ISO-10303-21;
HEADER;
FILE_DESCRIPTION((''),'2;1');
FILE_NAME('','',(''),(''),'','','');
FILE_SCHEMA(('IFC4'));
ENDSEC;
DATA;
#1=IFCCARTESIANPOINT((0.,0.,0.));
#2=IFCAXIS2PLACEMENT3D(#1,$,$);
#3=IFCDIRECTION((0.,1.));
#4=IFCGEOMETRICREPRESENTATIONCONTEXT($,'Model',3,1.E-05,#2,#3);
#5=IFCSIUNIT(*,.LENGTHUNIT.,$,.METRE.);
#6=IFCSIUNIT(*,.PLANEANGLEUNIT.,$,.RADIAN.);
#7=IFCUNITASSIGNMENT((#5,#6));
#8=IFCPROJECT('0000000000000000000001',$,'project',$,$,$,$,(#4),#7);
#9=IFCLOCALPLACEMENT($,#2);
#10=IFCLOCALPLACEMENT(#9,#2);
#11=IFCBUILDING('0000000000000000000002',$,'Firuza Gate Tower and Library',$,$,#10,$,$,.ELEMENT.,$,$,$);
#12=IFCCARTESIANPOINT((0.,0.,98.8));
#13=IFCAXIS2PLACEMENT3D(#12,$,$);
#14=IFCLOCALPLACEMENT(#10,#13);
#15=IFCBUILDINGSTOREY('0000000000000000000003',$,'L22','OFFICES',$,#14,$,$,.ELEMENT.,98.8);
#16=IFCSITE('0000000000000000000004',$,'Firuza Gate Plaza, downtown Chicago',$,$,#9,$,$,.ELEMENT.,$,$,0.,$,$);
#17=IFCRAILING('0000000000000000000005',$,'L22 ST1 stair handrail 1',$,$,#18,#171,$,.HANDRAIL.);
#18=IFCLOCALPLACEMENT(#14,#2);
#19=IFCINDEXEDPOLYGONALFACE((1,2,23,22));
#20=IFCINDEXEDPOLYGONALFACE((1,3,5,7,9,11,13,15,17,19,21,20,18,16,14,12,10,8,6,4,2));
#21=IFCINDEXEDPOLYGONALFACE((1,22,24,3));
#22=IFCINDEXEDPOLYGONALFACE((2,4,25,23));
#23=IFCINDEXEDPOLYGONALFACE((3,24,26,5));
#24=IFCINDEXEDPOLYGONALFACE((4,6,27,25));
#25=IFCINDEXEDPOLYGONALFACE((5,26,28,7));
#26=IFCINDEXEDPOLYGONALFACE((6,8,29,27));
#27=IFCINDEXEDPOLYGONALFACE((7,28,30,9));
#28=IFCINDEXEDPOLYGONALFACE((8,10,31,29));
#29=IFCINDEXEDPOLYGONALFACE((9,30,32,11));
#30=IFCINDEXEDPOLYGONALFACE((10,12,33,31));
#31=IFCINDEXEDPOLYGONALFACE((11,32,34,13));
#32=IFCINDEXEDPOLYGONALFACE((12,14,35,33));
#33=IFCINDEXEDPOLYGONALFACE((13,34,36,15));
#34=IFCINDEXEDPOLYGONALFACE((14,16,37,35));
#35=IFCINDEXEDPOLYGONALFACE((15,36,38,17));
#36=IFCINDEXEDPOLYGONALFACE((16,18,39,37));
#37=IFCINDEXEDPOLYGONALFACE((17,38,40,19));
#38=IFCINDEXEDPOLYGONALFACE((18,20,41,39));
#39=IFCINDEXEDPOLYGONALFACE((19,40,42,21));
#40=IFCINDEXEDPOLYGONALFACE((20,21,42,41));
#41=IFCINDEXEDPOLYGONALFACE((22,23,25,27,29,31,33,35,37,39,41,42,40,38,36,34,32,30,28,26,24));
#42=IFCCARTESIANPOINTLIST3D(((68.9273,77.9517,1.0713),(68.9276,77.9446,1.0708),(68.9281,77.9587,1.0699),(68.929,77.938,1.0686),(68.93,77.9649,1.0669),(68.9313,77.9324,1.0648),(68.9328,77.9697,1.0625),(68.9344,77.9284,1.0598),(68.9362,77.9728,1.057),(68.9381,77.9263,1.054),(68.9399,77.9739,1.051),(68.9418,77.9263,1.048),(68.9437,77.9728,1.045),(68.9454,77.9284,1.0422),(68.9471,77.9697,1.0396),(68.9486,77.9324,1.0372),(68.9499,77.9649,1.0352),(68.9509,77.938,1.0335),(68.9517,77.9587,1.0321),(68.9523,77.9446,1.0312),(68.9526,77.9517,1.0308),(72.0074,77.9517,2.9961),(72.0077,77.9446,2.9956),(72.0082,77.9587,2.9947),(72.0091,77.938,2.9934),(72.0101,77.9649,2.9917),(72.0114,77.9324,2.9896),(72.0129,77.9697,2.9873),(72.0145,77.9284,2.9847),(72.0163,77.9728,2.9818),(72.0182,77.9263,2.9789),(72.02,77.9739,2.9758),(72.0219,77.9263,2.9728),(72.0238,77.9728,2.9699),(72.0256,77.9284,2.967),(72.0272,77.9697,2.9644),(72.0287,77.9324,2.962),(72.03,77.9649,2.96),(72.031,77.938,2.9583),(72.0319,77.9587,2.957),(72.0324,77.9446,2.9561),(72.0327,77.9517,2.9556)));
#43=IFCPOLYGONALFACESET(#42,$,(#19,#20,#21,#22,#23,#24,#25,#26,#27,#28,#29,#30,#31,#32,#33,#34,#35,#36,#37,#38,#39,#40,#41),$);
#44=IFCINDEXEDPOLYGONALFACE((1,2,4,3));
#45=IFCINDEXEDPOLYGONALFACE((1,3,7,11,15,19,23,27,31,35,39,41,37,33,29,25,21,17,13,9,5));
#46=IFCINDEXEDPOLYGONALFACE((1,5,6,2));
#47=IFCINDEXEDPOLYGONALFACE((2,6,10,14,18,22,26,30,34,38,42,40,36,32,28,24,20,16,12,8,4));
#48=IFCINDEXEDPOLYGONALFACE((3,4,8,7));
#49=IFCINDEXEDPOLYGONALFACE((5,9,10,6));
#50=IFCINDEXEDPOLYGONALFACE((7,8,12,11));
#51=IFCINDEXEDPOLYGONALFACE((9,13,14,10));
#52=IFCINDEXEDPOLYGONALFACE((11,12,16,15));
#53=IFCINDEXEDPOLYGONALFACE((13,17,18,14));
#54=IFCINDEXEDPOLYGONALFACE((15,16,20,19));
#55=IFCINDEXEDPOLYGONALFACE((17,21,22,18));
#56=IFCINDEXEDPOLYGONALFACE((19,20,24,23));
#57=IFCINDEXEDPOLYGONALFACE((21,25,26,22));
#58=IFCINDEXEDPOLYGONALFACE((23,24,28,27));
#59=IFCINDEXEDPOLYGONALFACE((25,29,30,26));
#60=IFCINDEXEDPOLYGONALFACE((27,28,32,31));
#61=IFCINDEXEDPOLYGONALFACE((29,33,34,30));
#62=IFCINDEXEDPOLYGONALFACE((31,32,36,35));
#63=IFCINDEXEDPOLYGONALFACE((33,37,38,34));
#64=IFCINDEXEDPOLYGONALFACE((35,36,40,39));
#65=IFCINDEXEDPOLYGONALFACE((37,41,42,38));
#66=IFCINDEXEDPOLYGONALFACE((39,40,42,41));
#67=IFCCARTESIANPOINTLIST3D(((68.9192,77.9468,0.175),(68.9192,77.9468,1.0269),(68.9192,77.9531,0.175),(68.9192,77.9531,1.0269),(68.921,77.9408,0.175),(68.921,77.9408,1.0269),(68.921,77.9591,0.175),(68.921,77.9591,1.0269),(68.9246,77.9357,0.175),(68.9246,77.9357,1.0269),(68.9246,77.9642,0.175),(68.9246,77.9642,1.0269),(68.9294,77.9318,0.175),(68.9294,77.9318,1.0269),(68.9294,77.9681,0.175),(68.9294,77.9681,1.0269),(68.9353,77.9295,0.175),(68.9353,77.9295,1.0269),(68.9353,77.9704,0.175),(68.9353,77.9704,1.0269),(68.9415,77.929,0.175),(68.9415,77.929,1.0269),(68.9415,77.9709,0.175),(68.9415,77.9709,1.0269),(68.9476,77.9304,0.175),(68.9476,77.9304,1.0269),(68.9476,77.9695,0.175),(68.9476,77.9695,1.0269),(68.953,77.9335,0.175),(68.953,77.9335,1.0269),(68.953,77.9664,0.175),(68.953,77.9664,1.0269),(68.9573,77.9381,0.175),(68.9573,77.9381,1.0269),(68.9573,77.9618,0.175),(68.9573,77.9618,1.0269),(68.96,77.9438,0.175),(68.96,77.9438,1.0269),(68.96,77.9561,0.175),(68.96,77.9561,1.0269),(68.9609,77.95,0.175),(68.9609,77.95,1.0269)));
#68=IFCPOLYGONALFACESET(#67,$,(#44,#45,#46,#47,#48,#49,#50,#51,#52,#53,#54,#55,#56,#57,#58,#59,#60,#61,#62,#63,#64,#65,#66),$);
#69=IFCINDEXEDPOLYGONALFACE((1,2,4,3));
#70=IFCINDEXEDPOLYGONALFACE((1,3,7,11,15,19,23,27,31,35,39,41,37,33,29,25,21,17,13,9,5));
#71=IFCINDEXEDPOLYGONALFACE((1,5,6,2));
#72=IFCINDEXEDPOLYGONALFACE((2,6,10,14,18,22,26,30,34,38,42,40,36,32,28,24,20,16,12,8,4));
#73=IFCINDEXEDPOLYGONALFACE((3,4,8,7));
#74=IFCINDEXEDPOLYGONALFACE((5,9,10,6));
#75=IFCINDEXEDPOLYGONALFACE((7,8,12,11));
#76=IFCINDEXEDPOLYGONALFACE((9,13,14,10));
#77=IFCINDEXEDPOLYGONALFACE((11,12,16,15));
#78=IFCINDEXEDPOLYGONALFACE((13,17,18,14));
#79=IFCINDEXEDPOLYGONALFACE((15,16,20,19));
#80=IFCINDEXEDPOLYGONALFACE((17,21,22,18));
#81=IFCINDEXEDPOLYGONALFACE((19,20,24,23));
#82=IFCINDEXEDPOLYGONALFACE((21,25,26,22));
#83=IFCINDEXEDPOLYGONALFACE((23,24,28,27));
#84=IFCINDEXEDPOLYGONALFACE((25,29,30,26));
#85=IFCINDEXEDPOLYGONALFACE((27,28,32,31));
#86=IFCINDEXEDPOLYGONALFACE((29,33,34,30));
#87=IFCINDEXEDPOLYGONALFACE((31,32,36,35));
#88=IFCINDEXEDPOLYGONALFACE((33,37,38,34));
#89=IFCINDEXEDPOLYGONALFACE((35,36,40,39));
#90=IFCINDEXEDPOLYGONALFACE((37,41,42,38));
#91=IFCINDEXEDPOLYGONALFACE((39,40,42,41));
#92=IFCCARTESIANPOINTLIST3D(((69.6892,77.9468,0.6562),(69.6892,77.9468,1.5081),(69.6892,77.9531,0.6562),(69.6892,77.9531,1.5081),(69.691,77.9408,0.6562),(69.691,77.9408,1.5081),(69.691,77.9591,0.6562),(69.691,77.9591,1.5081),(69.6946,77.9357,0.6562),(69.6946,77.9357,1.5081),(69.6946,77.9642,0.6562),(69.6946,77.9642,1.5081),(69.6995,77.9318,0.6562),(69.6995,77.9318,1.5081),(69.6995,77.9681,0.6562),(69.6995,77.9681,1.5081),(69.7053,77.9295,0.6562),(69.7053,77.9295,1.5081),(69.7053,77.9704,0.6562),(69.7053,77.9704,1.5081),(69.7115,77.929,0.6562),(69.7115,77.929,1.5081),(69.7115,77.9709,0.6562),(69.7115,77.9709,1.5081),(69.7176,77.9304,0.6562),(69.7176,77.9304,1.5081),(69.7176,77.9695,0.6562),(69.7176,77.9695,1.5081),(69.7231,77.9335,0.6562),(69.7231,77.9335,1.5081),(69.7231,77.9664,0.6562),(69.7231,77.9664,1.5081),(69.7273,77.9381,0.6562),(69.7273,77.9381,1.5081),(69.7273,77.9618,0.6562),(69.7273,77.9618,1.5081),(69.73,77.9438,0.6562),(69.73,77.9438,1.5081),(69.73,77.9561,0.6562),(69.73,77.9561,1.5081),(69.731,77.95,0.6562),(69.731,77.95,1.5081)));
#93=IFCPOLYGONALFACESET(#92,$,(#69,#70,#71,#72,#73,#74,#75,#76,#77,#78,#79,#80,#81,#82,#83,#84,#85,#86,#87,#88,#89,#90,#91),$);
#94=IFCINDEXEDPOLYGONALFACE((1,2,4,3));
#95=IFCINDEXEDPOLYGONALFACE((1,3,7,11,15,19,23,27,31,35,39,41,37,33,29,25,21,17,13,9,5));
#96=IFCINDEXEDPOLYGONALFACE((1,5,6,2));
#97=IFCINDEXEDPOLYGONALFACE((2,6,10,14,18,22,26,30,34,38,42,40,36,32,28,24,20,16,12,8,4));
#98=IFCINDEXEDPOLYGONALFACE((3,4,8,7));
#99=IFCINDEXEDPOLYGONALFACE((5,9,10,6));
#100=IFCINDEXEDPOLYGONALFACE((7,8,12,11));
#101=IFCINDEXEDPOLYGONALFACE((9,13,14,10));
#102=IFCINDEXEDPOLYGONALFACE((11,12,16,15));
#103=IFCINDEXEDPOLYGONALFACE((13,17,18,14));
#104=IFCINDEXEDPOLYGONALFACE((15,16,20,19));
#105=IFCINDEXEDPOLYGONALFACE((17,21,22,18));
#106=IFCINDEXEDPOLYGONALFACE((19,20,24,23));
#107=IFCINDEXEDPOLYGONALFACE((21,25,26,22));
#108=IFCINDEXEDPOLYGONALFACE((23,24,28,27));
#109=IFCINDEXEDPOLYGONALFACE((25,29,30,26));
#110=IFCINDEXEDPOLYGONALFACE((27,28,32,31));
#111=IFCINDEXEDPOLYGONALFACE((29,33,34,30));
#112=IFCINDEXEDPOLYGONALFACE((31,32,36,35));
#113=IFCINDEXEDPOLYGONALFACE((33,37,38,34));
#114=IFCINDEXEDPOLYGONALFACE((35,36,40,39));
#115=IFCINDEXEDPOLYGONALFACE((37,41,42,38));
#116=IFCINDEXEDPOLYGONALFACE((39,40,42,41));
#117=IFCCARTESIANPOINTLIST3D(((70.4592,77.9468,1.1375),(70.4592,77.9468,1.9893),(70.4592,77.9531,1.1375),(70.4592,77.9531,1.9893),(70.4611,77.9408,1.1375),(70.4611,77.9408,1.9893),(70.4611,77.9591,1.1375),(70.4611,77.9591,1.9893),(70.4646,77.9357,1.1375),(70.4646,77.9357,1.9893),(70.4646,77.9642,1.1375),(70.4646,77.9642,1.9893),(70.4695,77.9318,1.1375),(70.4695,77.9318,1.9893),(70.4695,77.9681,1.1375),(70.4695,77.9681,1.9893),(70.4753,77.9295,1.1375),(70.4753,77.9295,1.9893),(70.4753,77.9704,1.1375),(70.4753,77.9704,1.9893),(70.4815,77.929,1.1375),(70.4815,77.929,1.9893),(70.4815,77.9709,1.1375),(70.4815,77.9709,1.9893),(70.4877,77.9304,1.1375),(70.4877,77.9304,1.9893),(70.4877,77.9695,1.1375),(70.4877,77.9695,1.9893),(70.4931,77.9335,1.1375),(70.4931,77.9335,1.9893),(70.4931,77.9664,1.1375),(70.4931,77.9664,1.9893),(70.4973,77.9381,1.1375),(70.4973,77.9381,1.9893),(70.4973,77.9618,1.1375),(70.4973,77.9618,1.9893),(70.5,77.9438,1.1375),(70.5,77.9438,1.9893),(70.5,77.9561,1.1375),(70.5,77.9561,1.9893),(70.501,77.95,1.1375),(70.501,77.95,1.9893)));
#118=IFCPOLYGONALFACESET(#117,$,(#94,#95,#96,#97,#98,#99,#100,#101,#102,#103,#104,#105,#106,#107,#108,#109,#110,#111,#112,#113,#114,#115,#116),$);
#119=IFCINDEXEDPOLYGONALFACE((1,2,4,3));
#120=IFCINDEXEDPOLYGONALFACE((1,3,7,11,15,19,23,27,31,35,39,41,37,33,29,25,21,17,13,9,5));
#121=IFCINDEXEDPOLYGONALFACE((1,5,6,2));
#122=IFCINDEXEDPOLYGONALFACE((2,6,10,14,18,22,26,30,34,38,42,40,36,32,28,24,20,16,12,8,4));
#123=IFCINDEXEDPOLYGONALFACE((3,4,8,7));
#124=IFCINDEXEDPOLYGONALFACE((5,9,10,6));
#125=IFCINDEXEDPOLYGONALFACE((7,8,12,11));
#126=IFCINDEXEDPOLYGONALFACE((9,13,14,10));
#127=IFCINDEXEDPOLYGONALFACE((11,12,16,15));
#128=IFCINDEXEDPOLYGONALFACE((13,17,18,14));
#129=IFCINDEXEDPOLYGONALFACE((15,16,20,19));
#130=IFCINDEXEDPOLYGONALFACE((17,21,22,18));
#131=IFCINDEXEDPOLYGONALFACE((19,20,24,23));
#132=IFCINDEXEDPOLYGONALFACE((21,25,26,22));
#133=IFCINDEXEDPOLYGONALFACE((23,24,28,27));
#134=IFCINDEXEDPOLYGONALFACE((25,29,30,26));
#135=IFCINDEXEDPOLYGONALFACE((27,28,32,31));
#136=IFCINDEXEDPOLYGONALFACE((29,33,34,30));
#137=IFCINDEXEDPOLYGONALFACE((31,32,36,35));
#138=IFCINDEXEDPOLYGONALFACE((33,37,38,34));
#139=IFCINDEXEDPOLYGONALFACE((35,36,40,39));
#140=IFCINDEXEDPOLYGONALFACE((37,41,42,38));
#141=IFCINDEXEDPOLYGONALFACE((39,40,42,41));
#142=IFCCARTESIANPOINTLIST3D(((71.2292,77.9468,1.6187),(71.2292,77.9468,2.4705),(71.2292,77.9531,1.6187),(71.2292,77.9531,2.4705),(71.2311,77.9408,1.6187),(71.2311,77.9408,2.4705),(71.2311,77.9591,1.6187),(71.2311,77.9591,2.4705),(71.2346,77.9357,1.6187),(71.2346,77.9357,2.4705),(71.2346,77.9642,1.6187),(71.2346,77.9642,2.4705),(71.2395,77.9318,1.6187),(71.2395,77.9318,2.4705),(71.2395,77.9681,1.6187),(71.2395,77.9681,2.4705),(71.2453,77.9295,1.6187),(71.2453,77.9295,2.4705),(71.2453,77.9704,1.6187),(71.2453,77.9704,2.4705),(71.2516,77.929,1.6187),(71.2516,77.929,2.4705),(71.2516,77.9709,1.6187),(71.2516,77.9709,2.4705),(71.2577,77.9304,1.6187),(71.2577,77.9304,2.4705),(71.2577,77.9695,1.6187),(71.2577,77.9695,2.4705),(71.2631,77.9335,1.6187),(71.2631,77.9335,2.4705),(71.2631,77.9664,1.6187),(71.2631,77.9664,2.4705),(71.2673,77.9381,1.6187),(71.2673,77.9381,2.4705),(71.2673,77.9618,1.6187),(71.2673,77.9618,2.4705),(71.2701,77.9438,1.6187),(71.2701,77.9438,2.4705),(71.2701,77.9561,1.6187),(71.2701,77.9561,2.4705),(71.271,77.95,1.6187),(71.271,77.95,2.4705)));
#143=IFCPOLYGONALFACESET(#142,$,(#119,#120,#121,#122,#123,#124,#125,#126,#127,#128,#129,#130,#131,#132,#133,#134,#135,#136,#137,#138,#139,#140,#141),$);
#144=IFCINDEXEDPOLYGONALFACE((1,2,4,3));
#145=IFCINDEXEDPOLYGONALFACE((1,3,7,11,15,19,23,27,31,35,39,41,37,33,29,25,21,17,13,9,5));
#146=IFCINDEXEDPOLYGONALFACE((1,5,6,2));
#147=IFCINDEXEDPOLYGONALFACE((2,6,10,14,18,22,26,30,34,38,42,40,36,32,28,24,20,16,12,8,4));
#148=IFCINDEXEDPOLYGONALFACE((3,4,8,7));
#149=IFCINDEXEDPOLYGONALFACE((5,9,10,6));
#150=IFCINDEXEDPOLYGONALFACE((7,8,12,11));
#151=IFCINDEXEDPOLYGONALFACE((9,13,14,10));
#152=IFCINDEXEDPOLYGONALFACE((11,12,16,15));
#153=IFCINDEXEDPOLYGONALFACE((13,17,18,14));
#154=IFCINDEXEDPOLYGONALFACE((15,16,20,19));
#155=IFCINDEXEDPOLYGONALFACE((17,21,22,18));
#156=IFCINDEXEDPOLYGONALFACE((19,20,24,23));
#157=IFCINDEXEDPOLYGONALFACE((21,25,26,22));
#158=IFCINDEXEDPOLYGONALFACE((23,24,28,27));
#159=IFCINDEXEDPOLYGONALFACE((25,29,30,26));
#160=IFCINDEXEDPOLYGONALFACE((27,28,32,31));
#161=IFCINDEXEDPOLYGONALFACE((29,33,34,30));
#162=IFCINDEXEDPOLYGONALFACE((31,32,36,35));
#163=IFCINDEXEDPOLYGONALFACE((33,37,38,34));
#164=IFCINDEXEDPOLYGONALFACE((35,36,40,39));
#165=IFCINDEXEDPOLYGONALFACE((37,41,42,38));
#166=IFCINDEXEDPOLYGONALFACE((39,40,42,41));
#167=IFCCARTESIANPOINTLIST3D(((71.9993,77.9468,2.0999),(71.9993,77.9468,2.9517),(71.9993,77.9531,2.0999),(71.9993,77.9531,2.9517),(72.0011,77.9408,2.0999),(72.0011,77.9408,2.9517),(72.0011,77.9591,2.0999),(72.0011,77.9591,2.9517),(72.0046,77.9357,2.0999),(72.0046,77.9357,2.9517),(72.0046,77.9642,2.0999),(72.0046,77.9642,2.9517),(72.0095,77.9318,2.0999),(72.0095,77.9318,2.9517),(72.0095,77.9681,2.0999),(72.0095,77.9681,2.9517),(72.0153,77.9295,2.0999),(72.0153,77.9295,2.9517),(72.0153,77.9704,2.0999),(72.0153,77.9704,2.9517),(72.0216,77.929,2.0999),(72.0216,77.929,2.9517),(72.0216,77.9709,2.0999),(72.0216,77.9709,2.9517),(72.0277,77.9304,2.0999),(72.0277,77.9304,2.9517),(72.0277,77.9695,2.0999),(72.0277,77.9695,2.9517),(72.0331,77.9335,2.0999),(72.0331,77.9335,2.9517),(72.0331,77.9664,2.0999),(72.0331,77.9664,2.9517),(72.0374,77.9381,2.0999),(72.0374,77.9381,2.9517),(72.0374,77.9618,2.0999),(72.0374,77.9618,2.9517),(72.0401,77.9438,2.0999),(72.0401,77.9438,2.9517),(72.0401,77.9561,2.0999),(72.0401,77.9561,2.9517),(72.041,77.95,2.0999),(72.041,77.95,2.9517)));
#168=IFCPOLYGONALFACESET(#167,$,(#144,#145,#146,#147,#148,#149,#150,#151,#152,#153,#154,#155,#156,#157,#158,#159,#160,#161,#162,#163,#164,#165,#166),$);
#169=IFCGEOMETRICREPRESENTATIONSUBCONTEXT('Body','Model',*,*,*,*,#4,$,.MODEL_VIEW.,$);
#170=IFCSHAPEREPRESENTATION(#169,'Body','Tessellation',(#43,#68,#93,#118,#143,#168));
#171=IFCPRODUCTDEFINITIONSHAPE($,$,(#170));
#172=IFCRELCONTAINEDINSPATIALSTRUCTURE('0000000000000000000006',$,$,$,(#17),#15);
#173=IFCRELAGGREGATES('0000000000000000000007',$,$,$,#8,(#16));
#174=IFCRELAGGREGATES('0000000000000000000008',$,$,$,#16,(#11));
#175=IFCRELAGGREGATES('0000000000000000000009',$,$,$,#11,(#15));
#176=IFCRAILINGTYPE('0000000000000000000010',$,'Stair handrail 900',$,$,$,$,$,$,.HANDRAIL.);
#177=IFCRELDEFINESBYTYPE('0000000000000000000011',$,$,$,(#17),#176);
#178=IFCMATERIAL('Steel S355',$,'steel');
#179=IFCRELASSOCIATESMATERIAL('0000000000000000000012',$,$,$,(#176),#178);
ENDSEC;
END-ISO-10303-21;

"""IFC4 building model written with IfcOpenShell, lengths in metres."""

from ifc_helpers import new_model, si_unit, direction, frame, origin, origin_2d, place, context, subcontext, project, spatial, circle, extrude, material, type_object, element, save


model = new_model("IFC4")

# Units and contexts
model_context = context("Model", 3, precision=1e-05, world=origin(), true_north=direction((0.0, 1.0)))
body_context = subcontext(model_context, "Body", "Model", "MODEL_VIEW")
ifc_project = project(units=[si_unit("LENGTHUNIT", "METRE"), si_unit("PLANEANGLEUNIT", "RADIAN")], contexts=[model_context])

# Site, building, storey
site_placement = place(None, origin())
site = spatial("IfcSite", under=ifc_project, at=site_placement, Name="Firuza Gate Plaza, downtown Chicago", CompositionType="ELEMENT", RefElevation=0.0)
building_placement = place(site_placement, origin())
building = spatial("IfcBuilding", under=site, at=building_placement, Name="Firuza Gate Tower and Library", CompositionType="ELEMENT")
storey_placement = place(building_placement, frame((0.0, 0.0, 98.8)))
storey = spatial("IfcBuildingStorey", under=building, at=storey_placement, Name="L22", Description="OFFICES", CompositionType="ELEMENT", Elevation=98.8)

# Railing
ifc_material_1 = material(Name="Steel S355", Category="steel")
railing_type_1 = type_object("IfcRailingType", Name="Stair handrail 900", PredefinedType="HANDRAIL", material=ifc_material_1)
railing_1_placement = place(storey_placement, frame((68.9399, 77.95, 0.175)))
element("IfcRailing", 1, at=railing_1_placement, inside=storey, type_object=railing_type_1, Name="L22 ST1 stair handrail 1", PredefinedType="HANDRAIL", context=body_context, shape_type="SweptSolid", body=[
    extrude(circle(Radius=0.0239, at=origin_2d()), frame((0.0, 0.0, 0.876), z_axis=(0.848029, 0.0, 0.529951), x_axis=(0.0, 1.0, 0.0)), (0.0, 0.0, 1.0), 3.6321),
    extrude(circle(Radius=0.021, at=origin_2d()), origin(), (0.0, 0.0, 1.0), 0.8518),
    extrude(circle(Radius=0.021, at=origin_2d()), frame((0.77, 0.0, 0.4812)), (0.0, 0.0, 1.0), 0.8518),
    extrude(circle(Radius=0.021, at=origin_2d()), frame((1.54, 0.0, 0.9624)), (0.0, 0.0, 1.0), 0.8518),
    extrude(circle(Radius=0.021, at=origin_2d()), frame((2.3101, 0.0, 1.4436)), (0.0, 0.0, 1.0), 0.8518),
    extrude(circle(Radius=0.021, at=origin_2d()), frame((3.0801, 0.0, 1.9248)), (0.0, 0.0, 1.0), 0.8518),
])

save(model, "model.ifc")
